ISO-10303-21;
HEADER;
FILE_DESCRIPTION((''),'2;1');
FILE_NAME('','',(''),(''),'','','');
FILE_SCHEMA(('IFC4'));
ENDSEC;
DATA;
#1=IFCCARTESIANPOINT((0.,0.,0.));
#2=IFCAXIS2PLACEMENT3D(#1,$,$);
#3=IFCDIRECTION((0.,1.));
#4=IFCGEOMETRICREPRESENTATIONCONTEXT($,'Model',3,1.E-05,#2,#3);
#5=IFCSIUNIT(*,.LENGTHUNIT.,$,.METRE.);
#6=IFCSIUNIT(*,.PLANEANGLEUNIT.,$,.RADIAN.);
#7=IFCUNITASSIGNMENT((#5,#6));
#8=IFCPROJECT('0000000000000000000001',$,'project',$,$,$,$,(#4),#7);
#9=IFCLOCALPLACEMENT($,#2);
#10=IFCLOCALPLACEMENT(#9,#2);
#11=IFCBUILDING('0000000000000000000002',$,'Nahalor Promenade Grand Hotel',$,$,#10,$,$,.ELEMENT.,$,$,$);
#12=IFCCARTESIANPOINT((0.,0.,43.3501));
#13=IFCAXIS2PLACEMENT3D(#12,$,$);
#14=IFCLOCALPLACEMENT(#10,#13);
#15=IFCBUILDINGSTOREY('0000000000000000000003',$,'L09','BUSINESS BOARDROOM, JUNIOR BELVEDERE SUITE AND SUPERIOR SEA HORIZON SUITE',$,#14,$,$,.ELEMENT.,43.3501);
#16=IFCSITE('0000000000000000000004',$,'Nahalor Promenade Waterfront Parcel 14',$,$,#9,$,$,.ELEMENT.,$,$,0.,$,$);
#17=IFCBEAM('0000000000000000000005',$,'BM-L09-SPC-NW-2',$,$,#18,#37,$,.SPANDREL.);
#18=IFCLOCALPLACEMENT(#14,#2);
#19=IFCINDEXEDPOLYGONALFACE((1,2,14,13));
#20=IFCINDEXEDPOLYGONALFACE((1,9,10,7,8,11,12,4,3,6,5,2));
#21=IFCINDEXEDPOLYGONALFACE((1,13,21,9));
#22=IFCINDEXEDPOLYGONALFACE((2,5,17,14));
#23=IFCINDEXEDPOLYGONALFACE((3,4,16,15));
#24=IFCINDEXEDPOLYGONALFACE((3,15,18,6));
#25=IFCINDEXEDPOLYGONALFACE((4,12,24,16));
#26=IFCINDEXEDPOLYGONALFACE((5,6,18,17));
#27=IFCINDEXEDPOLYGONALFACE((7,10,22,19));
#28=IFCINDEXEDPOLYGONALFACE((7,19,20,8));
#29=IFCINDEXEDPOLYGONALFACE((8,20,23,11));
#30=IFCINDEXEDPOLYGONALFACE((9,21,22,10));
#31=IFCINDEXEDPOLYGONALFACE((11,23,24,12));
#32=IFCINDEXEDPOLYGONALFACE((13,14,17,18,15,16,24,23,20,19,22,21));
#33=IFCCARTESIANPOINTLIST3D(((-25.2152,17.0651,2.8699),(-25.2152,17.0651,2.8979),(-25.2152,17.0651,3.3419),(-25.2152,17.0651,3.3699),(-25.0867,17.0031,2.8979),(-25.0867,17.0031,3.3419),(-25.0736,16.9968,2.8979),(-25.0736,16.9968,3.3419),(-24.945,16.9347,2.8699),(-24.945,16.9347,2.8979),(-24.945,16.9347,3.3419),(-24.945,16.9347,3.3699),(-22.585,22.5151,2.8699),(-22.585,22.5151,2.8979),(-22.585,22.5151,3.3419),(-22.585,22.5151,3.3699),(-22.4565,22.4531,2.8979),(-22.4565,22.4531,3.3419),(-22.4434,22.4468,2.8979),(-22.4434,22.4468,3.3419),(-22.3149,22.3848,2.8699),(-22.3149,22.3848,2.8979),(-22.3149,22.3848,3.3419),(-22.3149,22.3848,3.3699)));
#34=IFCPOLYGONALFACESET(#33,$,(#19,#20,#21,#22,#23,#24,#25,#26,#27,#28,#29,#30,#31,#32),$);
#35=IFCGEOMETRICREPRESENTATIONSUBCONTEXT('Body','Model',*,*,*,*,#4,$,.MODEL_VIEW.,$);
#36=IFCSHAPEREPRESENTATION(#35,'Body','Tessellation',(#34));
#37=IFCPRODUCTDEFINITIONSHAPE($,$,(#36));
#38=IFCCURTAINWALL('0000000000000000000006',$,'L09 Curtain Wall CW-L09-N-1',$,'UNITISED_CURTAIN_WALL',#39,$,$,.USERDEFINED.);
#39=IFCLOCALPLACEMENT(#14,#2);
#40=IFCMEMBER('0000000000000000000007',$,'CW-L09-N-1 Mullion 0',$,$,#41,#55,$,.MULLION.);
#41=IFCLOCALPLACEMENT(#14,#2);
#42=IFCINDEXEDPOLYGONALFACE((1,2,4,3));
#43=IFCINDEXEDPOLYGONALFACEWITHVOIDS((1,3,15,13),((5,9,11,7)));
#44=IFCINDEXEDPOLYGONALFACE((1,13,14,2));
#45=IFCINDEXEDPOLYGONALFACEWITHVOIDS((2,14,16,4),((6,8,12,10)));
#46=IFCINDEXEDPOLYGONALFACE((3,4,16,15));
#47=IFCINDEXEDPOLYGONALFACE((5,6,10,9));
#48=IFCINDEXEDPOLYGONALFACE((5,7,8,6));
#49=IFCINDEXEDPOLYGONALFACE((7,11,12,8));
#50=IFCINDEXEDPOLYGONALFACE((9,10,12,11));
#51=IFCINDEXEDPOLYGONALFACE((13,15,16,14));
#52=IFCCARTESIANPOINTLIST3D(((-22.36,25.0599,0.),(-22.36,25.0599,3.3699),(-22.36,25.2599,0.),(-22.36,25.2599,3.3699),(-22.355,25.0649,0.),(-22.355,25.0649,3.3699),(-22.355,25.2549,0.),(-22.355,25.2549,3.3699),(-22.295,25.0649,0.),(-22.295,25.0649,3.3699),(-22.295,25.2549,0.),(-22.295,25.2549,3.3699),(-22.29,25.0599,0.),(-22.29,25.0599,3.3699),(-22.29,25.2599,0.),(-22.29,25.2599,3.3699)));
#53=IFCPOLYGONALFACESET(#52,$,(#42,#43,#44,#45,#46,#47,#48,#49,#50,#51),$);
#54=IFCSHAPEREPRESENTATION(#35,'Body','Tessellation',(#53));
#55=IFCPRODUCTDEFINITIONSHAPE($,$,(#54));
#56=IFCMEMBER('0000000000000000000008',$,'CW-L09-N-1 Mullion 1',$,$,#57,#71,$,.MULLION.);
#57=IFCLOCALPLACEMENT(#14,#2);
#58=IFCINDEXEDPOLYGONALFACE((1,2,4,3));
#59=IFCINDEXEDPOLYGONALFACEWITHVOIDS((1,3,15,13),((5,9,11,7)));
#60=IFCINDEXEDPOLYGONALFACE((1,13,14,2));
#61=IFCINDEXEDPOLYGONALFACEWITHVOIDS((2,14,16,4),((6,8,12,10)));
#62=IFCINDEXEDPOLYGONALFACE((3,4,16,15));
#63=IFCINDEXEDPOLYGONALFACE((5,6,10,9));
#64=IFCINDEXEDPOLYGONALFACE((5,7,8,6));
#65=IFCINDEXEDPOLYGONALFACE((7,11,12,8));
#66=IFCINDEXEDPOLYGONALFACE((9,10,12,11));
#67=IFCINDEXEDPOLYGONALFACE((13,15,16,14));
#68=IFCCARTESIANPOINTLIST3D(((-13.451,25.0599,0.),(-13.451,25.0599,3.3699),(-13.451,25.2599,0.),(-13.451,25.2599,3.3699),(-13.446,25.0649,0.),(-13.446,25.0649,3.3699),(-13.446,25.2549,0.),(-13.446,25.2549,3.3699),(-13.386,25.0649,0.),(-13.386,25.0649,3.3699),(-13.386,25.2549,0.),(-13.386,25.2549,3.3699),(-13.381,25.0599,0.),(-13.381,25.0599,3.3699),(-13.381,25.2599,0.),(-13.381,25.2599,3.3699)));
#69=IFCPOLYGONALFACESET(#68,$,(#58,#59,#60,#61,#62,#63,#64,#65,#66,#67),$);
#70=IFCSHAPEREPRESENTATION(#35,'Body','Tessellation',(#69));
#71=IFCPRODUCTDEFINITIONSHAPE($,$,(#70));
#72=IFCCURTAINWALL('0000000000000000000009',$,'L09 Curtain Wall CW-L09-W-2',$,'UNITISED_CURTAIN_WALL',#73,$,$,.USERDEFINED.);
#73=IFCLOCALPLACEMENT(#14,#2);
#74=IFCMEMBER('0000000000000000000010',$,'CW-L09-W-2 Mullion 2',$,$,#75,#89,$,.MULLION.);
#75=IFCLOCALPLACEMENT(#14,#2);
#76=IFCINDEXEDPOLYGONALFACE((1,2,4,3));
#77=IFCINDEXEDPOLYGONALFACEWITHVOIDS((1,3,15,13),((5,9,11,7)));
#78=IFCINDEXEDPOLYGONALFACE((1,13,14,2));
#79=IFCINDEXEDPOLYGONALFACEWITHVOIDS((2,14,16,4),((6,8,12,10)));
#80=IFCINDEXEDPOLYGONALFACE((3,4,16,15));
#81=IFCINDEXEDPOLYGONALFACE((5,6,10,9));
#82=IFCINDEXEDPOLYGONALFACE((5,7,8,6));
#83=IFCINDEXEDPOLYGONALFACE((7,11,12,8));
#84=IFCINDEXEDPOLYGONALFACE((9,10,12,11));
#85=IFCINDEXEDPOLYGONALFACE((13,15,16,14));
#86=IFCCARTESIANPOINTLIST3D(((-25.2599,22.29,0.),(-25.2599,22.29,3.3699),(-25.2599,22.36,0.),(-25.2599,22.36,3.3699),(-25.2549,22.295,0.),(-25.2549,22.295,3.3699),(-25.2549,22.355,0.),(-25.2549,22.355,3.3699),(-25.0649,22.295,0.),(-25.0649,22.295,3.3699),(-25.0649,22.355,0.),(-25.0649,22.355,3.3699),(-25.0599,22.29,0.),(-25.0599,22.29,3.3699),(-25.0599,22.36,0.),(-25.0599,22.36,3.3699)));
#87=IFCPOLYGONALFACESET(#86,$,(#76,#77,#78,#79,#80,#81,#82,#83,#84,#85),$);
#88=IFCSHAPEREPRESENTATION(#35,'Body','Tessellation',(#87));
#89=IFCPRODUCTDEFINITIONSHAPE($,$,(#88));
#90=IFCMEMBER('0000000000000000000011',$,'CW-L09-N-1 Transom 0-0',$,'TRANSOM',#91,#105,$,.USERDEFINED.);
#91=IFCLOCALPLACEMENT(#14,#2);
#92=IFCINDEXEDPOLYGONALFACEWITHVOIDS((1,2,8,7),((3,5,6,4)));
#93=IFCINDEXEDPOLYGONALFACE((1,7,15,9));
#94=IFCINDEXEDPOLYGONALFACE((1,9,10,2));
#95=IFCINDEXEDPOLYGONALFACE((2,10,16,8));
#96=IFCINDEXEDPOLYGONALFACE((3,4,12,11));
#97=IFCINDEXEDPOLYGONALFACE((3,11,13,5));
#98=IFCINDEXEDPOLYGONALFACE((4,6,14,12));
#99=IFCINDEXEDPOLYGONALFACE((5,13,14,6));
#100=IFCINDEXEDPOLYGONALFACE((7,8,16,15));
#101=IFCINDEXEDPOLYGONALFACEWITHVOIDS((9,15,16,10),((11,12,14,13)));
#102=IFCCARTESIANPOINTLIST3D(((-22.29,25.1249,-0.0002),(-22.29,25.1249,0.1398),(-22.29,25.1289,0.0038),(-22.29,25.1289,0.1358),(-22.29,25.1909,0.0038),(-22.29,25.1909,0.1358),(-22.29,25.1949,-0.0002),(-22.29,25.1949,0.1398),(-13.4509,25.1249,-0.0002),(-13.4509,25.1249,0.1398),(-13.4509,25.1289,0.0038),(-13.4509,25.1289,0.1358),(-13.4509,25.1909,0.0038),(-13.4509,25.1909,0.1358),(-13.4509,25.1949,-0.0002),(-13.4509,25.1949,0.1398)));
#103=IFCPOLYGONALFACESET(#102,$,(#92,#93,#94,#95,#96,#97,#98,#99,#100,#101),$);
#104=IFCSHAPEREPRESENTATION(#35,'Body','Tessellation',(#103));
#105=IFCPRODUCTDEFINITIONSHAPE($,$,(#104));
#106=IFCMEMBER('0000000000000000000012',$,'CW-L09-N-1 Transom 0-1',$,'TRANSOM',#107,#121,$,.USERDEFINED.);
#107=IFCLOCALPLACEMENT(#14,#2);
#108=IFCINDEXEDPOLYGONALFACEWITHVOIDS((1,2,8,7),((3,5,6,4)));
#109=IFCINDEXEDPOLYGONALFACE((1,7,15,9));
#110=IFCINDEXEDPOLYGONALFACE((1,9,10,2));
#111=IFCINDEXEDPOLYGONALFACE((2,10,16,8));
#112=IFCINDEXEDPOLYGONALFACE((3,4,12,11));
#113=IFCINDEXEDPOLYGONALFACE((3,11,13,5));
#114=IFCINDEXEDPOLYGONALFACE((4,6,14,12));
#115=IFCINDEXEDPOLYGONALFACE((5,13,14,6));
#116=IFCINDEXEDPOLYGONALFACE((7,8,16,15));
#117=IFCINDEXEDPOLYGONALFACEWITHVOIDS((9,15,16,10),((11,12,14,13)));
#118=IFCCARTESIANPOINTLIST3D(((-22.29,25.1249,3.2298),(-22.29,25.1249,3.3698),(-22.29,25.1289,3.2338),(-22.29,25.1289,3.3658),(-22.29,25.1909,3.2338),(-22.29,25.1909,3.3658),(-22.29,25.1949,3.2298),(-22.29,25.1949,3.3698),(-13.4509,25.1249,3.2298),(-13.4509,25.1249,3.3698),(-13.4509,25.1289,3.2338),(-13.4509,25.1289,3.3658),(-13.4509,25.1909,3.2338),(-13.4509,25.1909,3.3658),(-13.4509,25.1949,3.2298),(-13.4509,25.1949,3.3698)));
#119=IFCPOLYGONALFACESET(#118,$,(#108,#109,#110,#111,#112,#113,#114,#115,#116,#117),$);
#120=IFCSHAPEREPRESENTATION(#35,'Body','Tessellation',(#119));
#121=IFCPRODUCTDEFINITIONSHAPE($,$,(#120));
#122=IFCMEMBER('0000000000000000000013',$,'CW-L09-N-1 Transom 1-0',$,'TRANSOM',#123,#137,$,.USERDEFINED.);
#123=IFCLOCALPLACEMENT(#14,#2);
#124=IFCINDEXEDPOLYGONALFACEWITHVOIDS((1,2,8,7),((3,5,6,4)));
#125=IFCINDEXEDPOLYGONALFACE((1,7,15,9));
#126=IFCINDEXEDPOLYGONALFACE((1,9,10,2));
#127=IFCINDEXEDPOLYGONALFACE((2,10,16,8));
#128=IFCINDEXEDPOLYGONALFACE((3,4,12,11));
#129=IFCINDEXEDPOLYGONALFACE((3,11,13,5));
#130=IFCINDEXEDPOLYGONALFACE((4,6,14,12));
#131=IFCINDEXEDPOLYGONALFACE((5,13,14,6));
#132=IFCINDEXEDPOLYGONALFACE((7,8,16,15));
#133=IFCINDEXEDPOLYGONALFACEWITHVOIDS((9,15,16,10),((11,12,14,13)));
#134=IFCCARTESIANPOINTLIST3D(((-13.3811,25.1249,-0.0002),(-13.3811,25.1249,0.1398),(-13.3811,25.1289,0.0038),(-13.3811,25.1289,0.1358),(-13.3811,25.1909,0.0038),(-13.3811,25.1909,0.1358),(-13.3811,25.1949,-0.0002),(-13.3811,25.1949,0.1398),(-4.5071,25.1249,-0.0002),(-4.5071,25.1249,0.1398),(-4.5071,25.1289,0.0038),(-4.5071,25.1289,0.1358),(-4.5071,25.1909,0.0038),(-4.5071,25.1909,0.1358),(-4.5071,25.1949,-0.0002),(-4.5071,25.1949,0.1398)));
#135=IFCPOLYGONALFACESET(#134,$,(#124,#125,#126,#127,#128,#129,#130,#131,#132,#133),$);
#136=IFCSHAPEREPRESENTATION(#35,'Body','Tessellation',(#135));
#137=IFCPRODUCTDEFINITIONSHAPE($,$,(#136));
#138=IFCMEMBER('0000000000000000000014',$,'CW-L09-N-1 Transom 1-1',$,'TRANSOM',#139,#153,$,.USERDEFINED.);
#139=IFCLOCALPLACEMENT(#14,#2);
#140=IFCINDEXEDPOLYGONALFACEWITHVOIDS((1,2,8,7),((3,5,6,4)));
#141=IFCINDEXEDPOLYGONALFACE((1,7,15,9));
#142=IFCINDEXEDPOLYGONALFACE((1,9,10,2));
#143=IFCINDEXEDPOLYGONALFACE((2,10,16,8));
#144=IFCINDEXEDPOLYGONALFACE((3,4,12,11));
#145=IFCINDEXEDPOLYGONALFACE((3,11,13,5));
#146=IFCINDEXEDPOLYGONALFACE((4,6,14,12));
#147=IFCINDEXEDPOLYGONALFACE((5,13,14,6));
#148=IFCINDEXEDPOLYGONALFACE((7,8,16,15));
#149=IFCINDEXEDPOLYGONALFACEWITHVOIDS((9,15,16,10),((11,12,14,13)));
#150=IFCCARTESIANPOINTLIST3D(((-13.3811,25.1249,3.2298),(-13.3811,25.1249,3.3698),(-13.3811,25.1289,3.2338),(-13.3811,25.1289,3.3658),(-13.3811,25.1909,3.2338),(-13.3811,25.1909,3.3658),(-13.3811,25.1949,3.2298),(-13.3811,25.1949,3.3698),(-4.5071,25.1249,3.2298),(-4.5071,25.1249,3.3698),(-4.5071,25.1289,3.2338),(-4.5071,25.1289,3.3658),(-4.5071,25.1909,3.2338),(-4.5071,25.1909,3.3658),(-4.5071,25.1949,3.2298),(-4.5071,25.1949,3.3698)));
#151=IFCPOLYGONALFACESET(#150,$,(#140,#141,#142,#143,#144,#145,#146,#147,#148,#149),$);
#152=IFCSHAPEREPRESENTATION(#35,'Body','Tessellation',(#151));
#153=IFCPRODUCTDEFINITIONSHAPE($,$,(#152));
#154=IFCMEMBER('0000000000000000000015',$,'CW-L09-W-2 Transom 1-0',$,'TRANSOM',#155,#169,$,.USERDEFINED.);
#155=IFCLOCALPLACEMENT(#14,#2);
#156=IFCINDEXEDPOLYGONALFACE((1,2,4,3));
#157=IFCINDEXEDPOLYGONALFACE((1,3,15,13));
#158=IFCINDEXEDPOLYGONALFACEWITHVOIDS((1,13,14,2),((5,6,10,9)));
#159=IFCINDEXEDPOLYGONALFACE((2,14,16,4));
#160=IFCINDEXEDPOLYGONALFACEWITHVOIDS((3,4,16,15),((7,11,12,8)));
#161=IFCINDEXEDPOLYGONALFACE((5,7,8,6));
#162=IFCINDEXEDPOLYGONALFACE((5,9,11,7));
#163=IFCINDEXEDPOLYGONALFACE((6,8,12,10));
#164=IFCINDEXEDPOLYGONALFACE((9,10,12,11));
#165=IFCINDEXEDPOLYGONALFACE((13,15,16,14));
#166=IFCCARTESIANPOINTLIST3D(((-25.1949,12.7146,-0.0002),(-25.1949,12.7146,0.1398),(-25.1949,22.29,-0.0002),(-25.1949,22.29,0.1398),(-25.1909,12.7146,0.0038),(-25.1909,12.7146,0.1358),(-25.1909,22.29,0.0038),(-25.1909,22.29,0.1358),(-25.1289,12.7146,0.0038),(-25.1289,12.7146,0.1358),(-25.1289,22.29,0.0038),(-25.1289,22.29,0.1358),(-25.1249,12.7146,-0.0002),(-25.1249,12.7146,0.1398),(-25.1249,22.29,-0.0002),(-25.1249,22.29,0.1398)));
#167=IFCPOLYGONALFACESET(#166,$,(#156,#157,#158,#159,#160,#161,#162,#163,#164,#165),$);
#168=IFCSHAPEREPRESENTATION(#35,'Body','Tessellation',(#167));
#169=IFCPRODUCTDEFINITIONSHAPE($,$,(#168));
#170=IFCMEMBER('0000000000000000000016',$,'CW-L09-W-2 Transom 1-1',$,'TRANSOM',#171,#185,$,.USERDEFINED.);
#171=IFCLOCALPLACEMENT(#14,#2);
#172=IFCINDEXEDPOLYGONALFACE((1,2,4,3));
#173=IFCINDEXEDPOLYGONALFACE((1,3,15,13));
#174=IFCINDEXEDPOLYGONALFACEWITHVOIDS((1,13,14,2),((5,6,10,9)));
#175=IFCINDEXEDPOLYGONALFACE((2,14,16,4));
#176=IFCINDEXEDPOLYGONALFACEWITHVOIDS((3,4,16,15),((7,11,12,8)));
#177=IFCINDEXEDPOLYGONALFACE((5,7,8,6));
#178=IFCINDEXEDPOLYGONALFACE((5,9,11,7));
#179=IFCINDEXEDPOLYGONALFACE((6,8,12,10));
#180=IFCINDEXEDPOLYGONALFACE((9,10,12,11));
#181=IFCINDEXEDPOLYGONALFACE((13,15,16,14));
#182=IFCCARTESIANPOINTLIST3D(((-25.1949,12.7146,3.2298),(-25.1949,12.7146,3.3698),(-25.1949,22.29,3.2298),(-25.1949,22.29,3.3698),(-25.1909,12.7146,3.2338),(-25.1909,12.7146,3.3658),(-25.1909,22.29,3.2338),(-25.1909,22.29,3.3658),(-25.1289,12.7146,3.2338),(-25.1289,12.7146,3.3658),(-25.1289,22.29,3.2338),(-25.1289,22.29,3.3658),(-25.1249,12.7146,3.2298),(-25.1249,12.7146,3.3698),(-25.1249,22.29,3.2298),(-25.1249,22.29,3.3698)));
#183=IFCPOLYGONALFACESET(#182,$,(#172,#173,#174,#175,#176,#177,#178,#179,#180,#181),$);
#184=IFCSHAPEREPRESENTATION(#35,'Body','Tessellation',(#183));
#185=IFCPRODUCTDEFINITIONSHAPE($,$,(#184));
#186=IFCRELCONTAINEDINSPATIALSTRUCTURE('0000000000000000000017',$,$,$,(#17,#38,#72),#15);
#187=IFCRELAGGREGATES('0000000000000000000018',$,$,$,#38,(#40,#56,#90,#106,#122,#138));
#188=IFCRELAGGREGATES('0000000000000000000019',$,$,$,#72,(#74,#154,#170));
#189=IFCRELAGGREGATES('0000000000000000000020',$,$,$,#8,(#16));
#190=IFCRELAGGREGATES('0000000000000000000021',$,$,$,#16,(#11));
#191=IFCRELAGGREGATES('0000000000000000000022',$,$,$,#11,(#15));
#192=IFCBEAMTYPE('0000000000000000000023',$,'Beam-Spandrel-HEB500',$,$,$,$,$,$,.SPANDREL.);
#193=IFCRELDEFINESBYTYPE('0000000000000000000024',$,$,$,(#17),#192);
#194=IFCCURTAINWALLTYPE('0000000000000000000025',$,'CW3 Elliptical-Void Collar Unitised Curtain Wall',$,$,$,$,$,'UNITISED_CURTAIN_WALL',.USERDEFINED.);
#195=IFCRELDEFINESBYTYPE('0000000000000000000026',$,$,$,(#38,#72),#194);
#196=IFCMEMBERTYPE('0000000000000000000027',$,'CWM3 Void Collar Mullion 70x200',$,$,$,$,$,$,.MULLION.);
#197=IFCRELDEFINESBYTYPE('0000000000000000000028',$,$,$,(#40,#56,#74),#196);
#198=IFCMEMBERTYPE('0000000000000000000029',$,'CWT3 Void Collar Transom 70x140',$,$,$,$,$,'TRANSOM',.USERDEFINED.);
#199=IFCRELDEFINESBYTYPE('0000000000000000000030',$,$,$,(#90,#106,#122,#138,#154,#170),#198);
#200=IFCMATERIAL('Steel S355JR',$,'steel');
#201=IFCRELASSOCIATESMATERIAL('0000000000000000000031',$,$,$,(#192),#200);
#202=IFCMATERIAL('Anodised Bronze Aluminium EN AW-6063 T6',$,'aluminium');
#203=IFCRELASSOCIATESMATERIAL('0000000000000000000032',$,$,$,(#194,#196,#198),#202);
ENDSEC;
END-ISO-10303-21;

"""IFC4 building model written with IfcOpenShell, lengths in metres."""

from ifc_helpers import new_model, si_unit, direction, frame, origin, origin_2d, place, context, subcontext, project, spatial, hollow_rectangle, i_section, extrude, source, transform, mapped, material, material_profile, profile_set, type_object, element, aggregate, save


model = new_model("IFC4")

# Units and contexts
model_context = context("Model", 3, precision=1e-05, world=origin(), true_north=direction((0.0, 1.0)))
body_context = subcontext(model_context, "Body", "Model", "MODEL_VIEW")
ifc_project = project(units=[si_unit("LENGTHUNIT", "METRE"), si_unit("PLANEANGLEUNIT", "RADIAN")], contexts=[model_context])

# Site, building, storey
site_placement = place(None, origin())
site = spatial("IfcSite", under=ifc_project, at=site_placement, Name="Nahalor Promenade Waterfront Parcel 14", CompositionType="ELEMENT", RefElevation=0.0)
building_placement = place(site_placement, origin())
building = spatial("IfcBuilding", under=site, at=building_placement, Name="Nahalor Promenade Grand Hotel", CompositionType="ELEMENT")
storey_placement = place(building_placement, frame((0.0, 0.0, 43.3501)))
storey = spatial("IfcBuildingStorey", under=building, at=storey_placement, Name="L09", Description="BUSINESS BOARDROOM, JUNIOR BELVEDERE SUITE AND SUPERIOR SEA HORIZON SUITE", CompositionType="ELEMENT", Elevation=43.3501)

# Beam
ifc_material_1 = material(Name="Steel S355JR", Category="steel")
ifc_material_profile_1 = material_profile(ifc_material_1, i_section(OverallWidth=0.3, OverallDepth=0.5, WebThickness=0.0145, FlangeThickness=0.028, at=origin_2d()), Name="HEB 500")
ifc_profile_set_1 = profile_set([ifc_material_profile_1], Name="Steel S355JR")
beam_type_1 = type_object("IfcBeamType", Name="Beam-Spandrel-HEB500", PredefinedType="SPANDREL", material=ifc_profile_set_1)
shared_shape_1 = source(origin(), body_context, "Body", "SweptSolid", [
    extrude(i_section(OverallWidth=0.3, OverallDepth=0.5, WebThickness=0.0145, FlangeThickness=0.028, at=origin_2d()), origin(), (0.0, 0.0, 1.0), 6.0515),
])
for number, where, z_axis, x_axis, name in (
    (1, (-22.45, 22.45, 3.1199), (-0.434631, -0.900609, 0.0), (0.900609, -0.434631, 0.0), "BM-L09-SPC-NW-2"),
):
    element("IfcBeam", number, at=place(storey_placement, frame(where, z_axis=z_axis, x_axis=x_axis)), inside=storey, type_object=beam_type_1, Name=name, PredefinedType="SPANDREL", context=body_context, shape_type="MappedRepresentation", body=[
        mapped(shared_shape_1, transform((0.0, 0.0, 0.0), scale=1.0)),
    ])

# Curtain wall, members
ifc_material_2 = material(Name="Anodised Bronze Aluminium EN AW-6063 T6", Category="aluminium")
curtain_wall_type = type_object("IfcCurtainWallType", Name="CW3 Elliptical-Void Collar Unitised Curtain Wall", ElementType="UNITISED_CURTAIN_WALL", PredefinedType="USERDEFINED", material=ifc_material_2)
curtain_wall_1_placement = place(storey_placement, origin())
curtain_wall_1 = element("IfcCurtainWall", 2, at=curtain_wall_1_placement, inside=storey, type_object=curtain_wall_type, Name="L09 Curtain Wall CW-L09-N-1", ObjectType="UNITISED_CURTAIN_WALL", PredefinedType="USERDEFINED")
ifc_material_profile_2 = material_profile(ifc_material_2, hollow_rectangle(XDim=0.07, YDim=0.2, WallThickness=0.005, at=origin_2d()), Name="CWM 70x200x5")
ifc_profile_set_2 = profile_set([ifc_material_profile_2], Name="Anodised Bronze Aluminium EN AW-6063 T6")
member_type_1 = type_object("IfcMemberType", Name="CWM3 Void Collar Mullion 70x200", PredefinedType="MULLION", material=ifc_profile_set_2)
shared_shape_2 = source(origin(), body_context, "Body", "SweptSolid", [
    extrude(hollow_rectangle(XDim=0.07, YDim=0.2, WallThickness=0.005, at=origin_2d()), origin(), (0.0, 0.0, 1.0), 3.3699),
])
member_1_placement = place(storey_placement, frame((-22.325, 25.1599, 0.0), z_axis=(0.0, 0.0, 1.0), x_axis=(1.0, 0.0, 0.0)))
member_1 = element("IfcMember", 3, at=member_1_placement, type_object=member_type_1, Name="CW-L09-N-1 Mullion 0", PredefinedType="MULLION", context=body_context, shape_type="MappedRepresentation", body=[
    mapped(shared_shape_2, transform((0.0, 0.0, 0.0), scale=1.0)),
])
member_2_placement = place(storey_placement, frame((-13.416, 25.1599, 0.0), z_axis=(0.0, 0.0, 1.0), x_axis=(1.0, 0.0, 0.0)))
member_2 = element("IfcMember", 4, at=member_2_placement, type_object=member_type_1, Name="CW-L09-N-1 Mullion 1", PredefinedType="MULLION", context=body_context, shape_type="MappedRepresentation", body=[
    mapped(shared_shape_2, transform((0.0, 0.0, 0.0), scale=1.0)),
])

# Curtain wall, member
curtain_wall_2_placement = place(storey_placement, origin())
curtain_wall_2 = element("IfcCurtainWall", 5, at=curtain_wall_2_placement, inside=storey, type_object=curtain_wall_type, Name="L09 Curtain Wall CW-L09-W-2", ObjectType="UNITISED_CURTAIN_WALL", PredefinedType="USERDEFINED")
member_3_placement = place(storey_placement, frame((-25.1599, 22.325, 0.0), z_axis=(0.0, 0.0, 1.0), x_axis=(0.0, 1.0, 0.0)))
member_3 = element("IfcMember", 6, at=member_3_placement, type_object=member_type_1, Name="CW-L09-W-2 Mullion 2", PredefinedType="MULLION", context=body_context, shape_type="MappedRepresentation", body=[
    mapped(shared_shape_2, transform((0.0, 0.0, 0.0), scale=1.0)),
])

# Members
ifc_material_profile_3 = material_profile(ifc_material_2, hollow_rectangle(XDim=0.07, YDim=0.14, WallThickness=0.004, at=origin_2d()), Name="CWT 70x140x4")
ifc_profile_set_3 = profile_set([ifc_material_profile_3], Name="Anodised Bronze Aluminium EN AW-6063 T6")
member_type_2 = type_object("IfcMemberType", Name="CWT3 Void Collar Transom 70x140", ElementType="TRANSOM", PredefinedType="USERDEFINED", material=ifc_profile_set_3)
shared_shape_3 = source(origin(), body_context, "Body", "SweptSolid", [
    extrude(hollow_rectangle(XDim=0.07, YDim=0.14, WallThickness=0.004, at=origin_2d()), origin(), (0.0, 0.0, 1.0), 8.8391),
])
member_4_placement = place(storey_placement, frame((-22.29, 25.1599, 0.0698), z_axis=(1.0, 0.0, 0.0), x_axis=(0.0, 1.0, 0.0)))
member_4 = element("IfcMember", 7, at=member_4_placement, type_object=member_type_2, Name="CW-L09-N-1 Transom 0-0", ObjectType="TRANSOM", PredefinedType="USERDEFINED", context=body_context, shape_type="MappedRepresentation", body=[
    mapped(shared_shape_3, transform((0.0, 0.0, 0.0), scale=1.0)),
])
member_5_placement = place(storey_placement, frame((-22.29, 25.1599, 3.2998), z_axis=(1.0, 0.0, 0.0), x_axis=(0.0, 1.0, 0.0)))
member_5 = element("IfcMember", 8, at=member_5_placement, type_object=member_type_2, Name="CW-L09-N-1 Transom 0-1", ObjectType="TRANSOM", PredefinedType="USERDEFINED", context=body_context, shape_type="MappedRepresentation", body=[
    mapped(shared_shape_3, transform((0.0, 0.0, 0.0), scale=1.0)),
])
shared_shape_4 = source(origin(), body_context, "Body", "SweptSolid", [
    extrude(hollow_rectangle(XDim=0.07, YDim=0.14, WallThickness=0.004, at=origin_2d()), origin(), (0.0, 0.0, 1.0), 8.874),
])
member_6_placement = place(storey_placement, frame((-13.3811, 25.1599, 0.0698), z_axis=(1.0, 0.0, 0.0), x_axis=(0.0, 1.0, 0.0)))
member_6 = element("IfcMember", 9, at=member_6_placement, type_object=member_type_2, Name="CW-L09-N-1 Transom 1-0", ObjectType="TRANSOM", PredefinedType="USERDEFINED", context=body_context, shape_type="MappedRepresentation", body=[
    mapped(shared_shape_4, transform((0.0, 0.0, 0.0), scale=1.0)),
])
member_7_placement = place(storey_placement, frame((-13.3811, 25.1599, 3.2998), z_axis=(1.0, 0.0, 0.0), x_axis=(0.0, 1.0, 0.0)))
member_7 = element("IfcMember", 10, at=member_7_placement, type_object=member_type_2, Name="CW-L09-N-1 Transom 1-1", ObjectType="TRANSOM", PredefinedType="USERDEFINED", context=body_context, shape_type="MappedRepresentation", body=[
    mapped(shared_shape_4, transform((0.0, 0.0, 0.0), scale=1.0)),
])
shared_shape_5 = source(origin(), body_context, "Body", "SweptSolid", [
    extrude(hollow_rectangle(XDim=0.07, YDim=0.14, WallThickness=0.004, at=origin_2d()), origin(), (0.0, 0.0, 1.0), 9.5754),
])
member_8_placement = place(storey_placement, frame((-25.1599, 12.7146, 0.0698), z_axis=(0.0, 1.0, 0.0), x_axis=(-1.0, 0.0, 0.0)))
member_8 = element("IfcMember", 11, at=member_8_placement, type_object=member_type_2, Name="CW-L09-W-2 Transom 1-0", ObjectType="TRANSOM", PredefinedType="USERDEFINED", context=body_context, shape_type="MappedRepresentation", body=[
    mapped(shared_shape_5, transform((0.0, 0.0, 0.0), scale=1.0)),
])
member_9_placement = place(storey_placement, frame((-25.1599, 12.7146, 3.2998), z_axis=(0.0, 1.0, 0.0), x_axis=(-1.0, 0.0, 0.0)))
member_9 = element("IfcMember", 12, at=member_9_placement, type_object=member_type_2, Name="CW-L09-W-2 Transom 1-1", ObjectType="TRANSOM", PredefinedType="USERDEFINED", context=body_context, shape_type="MappedRepresentation", body=[
    mapped(shared_shape_5, transform((0.0, 0.0, 0.0), scale=1.0)),
])

aggregate(curtain_wall_1, [member_1, member_2, member_4, member_5, member_6, member_7])
aggregate(curtain_wall_2, [member_3, member_8, member_9])

save(model, "model.ifc")
